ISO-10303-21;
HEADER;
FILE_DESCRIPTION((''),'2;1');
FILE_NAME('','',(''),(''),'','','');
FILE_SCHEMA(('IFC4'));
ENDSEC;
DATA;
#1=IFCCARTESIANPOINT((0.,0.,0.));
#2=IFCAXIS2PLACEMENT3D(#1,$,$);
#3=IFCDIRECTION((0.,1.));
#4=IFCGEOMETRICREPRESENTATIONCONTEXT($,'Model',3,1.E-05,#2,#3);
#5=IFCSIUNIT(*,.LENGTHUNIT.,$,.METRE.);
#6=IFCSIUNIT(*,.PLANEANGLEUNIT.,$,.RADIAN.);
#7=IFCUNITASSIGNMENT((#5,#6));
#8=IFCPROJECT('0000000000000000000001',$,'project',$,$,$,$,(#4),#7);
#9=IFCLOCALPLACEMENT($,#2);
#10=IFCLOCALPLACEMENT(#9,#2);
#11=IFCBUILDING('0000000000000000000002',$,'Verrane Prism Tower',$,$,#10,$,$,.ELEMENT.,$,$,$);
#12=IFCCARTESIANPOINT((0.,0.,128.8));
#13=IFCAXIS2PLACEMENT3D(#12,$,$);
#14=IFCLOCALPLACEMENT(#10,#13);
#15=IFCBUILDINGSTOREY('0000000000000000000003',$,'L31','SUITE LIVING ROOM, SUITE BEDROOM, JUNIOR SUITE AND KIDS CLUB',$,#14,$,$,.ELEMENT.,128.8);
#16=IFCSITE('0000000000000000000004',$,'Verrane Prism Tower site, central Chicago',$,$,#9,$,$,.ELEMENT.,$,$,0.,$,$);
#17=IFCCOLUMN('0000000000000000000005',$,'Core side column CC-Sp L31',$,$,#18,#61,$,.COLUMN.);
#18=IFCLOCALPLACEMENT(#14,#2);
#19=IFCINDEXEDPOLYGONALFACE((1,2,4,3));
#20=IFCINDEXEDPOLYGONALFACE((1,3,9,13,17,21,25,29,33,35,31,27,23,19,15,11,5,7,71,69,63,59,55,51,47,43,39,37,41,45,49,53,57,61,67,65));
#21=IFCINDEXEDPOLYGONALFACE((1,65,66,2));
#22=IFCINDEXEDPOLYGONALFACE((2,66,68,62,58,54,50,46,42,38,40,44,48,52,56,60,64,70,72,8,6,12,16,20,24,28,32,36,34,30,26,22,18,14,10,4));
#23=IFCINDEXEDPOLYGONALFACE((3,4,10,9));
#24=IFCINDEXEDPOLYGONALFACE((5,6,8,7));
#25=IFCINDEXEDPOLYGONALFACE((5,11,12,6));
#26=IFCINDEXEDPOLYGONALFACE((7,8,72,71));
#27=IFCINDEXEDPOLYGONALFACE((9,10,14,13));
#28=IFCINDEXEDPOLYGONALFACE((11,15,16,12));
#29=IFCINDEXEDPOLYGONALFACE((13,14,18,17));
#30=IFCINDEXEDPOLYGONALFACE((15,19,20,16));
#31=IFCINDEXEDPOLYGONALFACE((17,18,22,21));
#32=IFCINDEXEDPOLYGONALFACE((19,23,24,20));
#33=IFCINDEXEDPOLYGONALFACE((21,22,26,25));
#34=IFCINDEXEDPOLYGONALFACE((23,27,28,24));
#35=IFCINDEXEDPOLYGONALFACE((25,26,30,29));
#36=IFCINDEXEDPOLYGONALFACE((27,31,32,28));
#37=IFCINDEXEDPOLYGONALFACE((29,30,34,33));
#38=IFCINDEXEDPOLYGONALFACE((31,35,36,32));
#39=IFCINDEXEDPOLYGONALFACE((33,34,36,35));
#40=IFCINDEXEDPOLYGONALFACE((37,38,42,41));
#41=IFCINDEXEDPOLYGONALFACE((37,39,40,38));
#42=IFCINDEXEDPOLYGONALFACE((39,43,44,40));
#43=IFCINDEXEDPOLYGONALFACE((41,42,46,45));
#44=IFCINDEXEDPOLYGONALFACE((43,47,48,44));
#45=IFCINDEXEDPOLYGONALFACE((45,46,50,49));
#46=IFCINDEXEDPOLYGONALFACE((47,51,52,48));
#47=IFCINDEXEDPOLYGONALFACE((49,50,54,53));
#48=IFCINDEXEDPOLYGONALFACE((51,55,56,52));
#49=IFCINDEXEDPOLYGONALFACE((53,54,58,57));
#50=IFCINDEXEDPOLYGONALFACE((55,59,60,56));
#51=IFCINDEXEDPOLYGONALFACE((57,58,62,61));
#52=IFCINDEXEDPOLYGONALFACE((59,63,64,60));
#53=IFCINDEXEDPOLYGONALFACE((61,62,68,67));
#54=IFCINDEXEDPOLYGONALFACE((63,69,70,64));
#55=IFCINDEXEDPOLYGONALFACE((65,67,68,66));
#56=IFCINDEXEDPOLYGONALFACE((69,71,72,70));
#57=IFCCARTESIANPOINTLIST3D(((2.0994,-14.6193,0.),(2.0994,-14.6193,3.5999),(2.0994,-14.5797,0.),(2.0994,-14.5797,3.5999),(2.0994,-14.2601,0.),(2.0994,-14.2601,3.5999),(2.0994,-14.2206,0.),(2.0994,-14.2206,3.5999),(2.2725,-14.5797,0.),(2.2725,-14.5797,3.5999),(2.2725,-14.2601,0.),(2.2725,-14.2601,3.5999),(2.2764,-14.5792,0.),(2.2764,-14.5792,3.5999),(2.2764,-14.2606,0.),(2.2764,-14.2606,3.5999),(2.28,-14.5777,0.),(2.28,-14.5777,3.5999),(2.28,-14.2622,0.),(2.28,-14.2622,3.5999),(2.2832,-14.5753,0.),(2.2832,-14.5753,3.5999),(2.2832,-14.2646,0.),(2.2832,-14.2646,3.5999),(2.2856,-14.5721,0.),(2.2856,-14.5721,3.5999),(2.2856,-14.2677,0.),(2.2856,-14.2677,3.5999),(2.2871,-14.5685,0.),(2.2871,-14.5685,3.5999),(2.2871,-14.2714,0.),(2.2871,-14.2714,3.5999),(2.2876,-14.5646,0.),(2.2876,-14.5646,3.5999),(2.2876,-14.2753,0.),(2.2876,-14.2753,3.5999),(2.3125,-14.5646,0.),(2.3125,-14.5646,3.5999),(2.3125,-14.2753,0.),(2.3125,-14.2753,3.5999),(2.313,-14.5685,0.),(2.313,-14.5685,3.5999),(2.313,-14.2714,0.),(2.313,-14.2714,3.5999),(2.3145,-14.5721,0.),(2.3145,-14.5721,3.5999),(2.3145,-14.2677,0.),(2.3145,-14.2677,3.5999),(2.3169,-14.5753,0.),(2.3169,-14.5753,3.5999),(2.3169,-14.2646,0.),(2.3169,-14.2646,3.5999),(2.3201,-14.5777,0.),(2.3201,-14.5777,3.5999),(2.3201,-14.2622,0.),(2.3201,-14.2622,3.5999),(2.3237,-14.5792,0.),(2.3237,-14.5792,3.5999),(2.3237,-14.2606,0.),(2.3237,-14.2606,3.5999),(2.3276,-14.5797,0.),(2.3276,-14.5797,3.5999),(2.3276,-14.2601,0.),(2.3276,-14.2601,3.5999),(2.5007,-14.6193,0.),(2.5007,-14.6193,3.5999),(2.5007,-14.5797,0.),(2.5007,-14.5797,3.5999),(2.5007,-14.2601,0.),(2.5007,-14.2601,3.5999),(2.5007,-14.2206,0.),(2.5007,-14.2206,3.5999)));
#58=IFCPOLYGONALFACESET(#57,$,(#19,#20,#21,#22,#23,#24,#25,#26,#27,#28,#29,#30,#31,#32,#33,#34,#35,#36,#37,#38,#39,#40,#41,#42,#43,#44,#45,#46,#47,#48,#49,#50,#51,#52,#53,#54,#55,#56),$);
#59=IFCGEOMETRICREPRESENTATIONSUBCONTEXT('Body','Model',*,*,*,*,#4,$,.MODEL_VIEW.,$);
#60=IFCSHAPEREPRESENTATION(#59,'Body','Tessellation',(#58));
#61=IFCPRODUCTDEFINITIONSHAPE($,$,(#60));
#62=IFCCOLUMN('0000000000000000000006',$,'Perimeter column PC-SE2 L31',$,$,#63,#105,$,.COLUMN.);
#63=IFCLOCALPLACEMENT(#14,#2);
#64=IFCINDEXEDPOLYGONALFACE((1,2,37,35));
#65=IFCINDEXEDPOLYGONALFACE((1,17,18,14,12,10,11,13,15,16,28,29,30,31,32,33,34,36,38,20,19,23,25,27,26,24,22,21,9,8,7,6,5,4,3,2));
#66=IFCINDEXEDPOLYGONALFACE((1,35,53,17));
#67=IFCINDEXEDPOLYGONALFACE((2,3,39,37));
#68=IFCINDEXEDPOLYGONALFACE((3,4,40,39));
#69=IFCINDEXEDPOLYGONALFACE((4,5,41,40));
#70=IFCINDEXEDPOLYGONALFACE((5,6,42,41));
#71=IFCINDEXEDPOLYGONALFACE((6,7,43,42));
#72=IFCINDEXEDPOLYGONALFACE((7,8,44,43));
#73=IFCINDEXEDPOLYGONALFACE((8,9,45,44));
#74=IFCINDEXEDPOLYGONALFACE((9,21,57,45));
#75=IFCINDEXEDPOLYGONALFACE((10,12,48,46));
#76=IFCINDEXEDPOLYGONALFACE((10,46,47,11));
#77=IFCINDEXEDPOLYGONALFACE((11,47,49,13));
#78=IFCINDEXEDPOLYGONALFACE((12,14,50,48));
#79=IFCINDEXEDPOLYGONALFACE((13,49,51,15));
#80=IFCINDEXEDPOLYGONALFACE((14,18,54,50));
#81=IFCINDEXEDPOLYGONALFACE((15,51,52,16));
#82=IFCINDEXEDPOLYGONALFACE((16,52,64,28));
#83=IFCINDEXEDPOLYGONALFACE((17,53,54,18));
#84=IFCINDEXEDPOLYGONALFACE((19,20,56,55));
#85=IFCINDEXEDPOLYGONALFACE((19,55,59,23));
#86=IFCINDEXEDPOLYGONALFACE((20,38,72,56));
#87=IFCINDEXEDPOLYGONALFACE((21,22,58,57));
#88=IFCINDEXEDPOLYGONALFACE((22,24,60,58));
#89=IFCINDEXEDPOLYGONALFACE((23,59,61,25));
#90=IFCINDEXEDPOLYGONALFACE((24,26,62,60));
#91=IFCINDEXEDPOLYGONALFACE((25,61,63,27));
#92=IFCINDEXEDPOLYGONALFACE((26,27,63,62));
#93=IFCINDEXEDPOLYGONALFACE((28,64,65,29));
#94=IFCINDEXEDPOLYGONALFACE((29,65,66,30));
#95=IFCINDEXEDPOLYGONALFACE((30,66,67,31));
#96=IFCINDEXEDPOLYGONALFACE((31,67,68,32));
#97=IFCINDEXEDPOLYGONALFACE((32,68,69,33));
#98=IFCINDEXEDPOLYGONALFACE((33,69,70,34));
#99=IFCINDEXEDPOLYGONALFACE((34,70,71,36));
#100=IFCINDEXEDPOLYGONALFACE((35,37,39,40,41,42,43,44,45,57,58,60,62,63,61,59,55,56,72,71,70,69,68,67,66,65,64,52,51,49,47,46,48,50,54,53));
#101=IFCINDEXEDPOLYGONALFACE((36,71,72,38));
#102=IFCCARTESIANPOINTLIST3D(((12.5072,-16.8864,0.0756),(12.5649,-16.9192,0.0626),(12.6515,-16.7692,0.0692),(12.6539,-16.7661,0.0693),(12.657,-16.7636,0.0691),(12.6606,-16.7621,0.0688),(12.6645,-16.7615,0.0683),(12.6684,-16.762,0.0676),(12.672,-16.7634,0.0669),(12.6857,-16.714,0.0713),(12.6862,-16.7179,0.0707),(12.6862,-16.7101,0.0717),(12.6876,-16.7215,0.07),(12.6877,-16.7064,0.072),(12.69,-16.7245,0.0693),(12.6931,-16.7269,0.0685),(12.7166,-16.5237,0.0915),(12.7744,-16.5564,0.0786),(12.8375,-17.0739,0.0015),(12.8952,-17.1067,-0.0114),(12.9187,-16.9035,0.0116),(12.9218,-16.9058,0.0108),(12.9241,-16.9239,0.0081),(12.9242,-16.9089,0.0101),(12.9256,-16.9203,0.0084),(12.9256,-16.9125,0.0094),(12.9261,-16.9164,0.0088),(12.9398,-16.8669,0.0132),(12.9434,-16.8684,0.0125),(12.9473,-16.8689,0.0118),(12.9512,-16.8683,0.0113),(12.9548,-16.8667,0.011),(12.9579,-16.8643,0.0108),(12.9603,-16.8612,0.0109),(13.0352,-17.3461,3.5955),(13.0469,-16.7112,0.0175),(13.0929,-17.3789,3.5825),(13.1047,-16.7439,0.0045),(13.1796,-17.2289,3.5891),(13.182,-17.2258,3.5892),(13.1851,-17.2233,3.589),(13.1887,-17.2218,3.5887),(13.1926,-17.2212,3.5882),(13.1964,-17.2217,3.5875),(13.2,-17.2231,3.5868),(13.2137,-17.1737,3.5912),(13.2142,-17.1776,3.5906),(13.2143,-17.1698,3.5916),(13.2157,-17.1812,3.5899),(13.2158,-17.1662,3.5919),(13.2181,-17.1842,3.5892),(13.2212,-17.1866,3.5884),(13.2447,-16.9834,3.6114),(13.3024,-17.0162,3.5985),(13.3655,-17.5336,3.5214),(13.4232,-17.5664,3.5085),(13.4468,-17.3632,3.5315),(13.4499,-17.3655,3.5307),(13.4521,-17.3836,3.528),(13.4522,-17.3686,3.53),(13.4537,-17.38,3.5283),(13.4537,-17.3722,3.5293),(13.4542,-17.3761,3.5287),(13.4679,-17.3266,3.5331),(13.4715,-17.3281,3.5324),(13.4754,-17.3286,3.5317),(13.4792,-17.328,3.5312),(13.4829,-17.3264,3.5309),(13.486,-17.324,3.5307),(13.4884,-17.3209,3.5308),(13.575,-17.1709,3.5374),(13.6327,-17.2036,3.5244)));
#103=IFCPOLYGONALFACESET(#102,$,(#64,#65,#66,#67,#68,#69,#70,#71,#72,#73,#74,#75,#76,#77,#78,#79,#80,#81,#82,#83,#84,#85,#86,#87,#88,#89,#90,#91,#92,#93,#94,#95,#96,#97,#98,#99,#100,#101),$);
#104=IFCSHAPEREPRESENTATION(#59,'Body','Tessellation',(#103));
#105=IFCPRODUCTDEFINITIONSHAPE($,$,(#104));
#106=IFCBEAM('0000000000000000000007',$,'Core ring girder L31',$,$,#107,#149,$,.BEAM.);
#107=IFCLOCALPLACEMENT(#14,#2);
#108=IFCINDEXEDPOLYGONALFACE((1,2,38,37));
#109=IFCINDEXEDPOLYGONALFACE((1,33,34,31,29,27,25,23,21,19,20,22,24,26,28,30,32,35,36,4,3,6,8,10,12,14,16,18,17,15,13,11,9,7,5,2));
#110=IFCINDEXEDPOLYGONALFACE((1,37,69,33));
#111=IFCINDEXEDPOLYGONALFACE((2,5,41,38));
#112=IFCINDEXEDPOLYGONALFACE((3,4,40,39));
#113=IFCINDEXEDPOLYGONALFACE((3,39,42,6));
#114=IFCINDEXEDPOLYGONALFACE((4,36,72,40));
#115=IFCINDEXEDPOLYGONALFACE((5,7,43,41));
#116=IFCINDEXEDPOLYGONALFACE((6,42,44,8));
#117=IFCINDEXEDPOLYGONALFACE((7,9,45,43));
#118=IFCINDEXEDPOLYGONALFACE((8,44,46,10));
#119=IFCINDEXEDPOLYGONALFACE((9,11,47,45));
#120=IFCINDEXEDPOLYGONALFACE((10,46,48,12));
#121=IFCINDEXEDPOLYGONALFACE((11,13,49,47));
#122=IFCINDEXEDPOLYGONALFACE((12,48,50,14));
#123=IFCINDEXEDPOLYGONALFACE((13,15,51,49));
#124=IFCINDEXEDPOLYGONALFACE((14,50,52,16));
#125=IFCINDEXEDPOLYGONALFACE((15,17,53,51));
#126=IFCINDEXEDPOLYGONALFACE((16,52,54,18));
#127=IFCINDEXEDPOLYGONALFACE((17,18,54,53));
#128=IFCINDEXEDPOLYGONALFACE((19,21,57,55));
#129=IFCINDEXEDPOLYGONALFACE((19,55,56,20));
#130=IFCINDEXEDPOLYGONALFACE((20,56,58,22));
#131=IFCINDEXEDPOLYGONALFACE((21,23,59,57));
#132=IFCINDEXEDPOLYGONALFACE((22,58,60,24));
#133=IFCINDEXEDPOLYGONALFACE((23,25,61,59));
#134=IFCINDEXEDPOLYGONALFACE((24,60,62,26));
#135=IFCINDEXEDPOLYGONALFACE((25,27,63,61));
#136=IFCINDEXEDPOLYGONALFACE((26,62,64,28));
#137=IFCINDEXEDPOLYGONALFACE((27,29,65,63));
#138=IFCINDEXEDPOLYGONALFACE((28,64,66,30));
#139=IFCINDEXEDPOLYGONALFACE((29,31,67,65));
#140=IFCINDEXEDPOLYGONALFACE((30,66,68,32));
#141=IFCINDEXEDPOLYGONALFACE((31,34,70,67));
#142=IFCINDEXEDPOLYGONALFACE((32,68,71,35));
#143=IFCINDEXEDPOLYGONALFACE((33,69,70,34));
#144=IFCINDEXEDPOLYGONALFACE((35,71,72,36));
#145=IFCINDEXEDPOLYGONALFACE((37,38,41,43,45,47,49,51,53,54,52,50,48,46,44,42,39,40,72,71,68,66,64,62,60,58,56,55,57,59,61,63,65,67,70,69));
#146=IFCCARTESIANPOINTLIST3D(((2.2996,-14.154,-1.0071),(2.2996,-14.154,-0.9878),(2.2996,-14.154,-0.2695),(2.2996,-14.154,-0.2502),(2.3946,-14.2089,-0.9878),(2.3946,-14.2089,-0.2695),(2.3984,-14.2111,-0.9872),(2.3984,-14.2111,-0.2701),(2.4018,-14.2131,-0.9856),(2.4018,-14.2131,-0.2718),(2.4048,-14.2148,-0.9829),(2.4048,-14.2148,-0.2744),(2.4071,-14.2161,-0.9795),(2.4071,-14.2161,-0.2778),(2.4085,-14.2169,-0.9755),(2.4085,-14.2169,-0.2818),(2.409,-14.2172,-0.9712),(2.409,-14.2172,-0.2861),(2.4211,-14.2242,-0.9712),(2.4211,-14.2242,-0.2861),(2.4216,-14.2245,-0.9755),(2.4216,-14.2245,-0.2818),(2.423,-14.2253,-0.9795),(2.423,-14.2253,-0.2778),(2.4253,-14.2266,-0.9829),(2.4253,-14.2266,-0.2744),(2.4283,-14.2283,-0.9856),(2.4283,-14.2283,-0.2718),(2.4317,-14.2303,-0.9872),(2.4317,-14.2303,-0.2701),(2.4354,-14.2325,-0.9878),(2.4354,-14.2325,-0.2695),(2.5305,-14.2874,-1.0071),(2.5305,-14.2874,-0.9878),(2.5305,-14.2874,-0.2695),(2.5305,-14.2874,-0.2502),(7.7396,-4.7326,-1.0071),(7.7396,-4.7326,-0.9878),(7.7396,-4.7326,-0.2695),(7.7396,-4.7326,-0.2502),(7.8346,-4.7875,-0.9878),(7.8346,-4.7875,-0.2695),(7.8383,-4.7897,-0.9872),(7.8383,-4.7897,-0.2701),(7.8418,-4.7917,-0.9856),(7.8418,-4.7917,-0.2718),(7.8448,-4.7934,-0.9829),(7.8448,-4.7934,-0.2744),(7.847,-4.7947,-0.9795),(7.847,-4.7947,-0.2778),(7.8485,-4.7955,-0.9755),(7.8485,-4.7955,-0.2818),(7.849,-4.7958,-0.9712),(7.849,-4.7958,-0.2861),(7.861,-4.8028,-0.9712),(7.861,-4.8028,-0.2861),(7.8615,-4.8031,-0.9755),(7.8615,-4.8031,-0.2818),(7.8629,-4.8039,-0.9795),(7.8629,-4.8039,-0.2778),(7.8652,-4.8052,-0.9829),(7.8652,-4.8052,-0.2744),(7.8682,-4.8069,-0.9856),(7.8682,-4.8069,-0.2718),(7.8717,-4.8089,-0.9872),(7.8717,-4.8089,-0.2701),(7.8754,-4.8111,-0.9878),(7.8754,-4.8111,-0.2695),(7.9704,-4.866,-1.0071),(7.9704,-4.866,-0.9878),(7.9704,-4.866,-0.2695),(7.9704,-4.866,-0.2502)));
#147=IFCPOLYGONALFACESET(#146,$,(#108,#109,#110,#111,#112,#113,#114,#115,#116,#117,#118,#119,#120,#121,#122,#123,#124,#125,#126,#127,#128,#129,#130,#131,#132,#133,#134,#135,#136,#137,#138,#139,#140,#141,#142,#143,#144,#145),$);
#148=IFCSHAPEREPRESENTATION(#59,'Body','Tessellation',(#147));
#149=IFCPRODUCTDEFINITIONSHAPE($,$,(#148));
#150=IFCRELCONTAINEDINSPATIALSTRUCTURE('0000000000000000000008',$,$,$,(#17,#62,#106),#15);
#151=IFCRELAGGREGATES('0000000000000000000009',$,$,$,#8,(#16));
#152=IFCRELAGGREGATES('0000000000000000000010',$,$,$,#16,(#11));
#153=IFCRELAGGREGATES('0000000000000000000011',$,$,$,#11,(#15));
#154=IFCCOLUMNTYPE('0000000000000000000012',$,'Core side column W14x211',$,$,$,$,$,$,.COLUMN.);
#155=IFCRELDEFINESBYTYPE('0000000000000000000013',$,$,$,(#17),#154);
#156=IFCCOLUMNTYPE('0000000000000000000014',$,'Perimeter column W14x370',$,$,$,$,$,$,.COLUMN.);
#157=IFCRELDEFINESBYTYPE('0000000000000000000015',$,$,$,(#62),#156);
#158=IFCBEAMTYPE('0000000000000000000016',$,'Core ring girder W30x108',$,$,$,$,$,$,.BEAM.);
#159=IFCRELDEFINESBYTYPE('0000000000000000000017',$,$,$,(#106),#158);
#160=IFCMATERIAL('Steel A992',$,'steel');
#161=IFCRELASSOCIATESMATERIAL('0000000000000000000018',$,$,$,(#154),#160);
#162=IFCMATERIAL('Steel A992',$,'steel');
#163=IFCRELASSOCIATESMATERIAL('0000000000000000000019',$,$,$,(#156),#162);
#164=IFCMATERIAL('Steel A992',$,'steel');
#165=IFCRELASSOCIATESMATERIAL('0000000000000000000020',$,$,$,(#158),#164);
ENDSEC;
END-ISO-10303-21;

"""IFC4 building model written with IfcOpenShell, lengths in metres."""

from ifc_helpers import new_model, si_unit, direction, frame, origin, origin_2d, place, context, subcontext, project, spatial, i_section, extrude, material, material_profile, profile_set, type_object, element, save


model = new_model("IFC4")

# Units and contexts
model_context = context("Model", 3, precision=1e-05, world=origin(), true_north=direction((0.0, 1.0)))
body_context = subcontext(model_context, "Body", "Model", "MODEL_VIEW")
ifc_project = project(units=[si_unit("LENGTHUNIT", "METRE"), si_unit("PLANEANGLEUNIT", "RADIAN")], contexts=[model_context])

# Site, building, storey
site_placement = place(None, origin())
site = spatial("IfcSite", under=ifc_project, at=site_placement, Name="Verrane Prism Tower site, central Chicago", CompositionType="ELEMENT", RefElevation=0.0)
building_placement = place(site_placement, origin())
building = spatial("IfcBuilding", under=site, at=building_placement, Name="Verrane Prism Tower", CompositionType="ELEMENT")
storey_placement = place(building_placement, frame((0.0, 0.0, 128.8)))
storey = spatial("IfcBuildingStorey", under=building, at=storey_placement, Name="L31", Description="SUITE LIVING ROOM, SUITE BEDROOM, JUNIOR SUITE AND KIDS CLUB", CompositionType="ELEMENT", Elevation=128.8)

# Columns
ifc_material_1 = material(Name="Steel A992", Category="steel")
ifc_material_profile_1 = material_profile(ifc_material_1, i_section(OverallWidth=0.4014, OverallDepth=0.3987, WebThickness=0.0249, FlangeThickness=0.0396, FilletRadius=0.0151, at=origin_2d()), Name="W14x211")
ifc_profile_set_1 = profile_set([ifc_material_profile_1], Name="Steel A992")
column_type_1 = type_object("IfcColumnType", Name="Core side column W14x211", PredefinedType="COLUMN", material=ifc_profile_set_1)
column_1_placement = place(storey_placement, frame((2.3, -14.4199, 0.0), z_axis=(0.0, 0.0, 1.0), x_axis=(1.0, 0.0, 0.0)))
element("IfcColumn", 1, at=column_1_placement, inside=storey, type_object=column_type_1, Name="Core side column CC-Sp L31", PredefinedType="COLUMN", context=body_context, shape_type="SweptSolid", body=[
    extrude(i_section(OverallWidth=0.4014, OverallDepth=0.3987, WebThickness=0.0249, FlangeThickness=0.0396, FilletRadius=0.0151, at=origin_2d()), origin(), (0.0, 0.0, 1.0), 3.5999),
])
ifc_material_2 = material(Name="Steel A992", Category="steel")
ifc_material_profile_2 = material_profile(ifc_material_2, i_section(OverallWidth=0.4192, OverallDepth=0.4546, WebThickness=0.0422, FlangeThickness=0.0676, FilletRadius=0.0151, at=origin_2d()), Name="W14x370")
ifc_profile_set_2 = profile_set([ifc_material_profile_2], Name="Steel A992")
column_type_2 = type_object("IfcColumnType", Name="Perimeter column W14x370", PredefinedType="COLUMN", material=ifc_profile_set_2)
column_2_placement = place(storey_placement, frame((12.8059, -16.8152, 0.04), z_axis=(0.147138, -0.128091, 0.980787), x_axis=(-0.499727, -0.865347, -0.038045)))
element("IfcColumn", 2, at=column_2_placement, inside=storey, type_object=column_type_2, Name="Perimeter column PC-SE2 L31", PredefinedType="COLUMN", context=body_context, shape_type="SweptSolid", body=[
    extrude(i_section(OverallWidth=0.4192, OverallDepth=0.4546, WebThickness=0.0422, FlangeThickness=0.0676, FilletRadius=0.0151, at=origin_2d()), origin(), (0.0, 0.0, 1.0), 3.5889),
])

# Beam
ifc_material_3 = material(Name="Steel A992", Category="steel")
ifc_material_profile_3 = material_profile(ifc_material_3, i_section(OverallWidth=0.2666, OverallDepth=0.7568, WebThickness=0.0139, FlangeThickness=0.0193, FilletRadius=0.0166, at=origin_2d()), Name="W30x108")
ifc_profile_set_3 = profile_set([ifc_material_profile_3], Name="Steel A992")
beam_type_1 = type_object("IfcBeamType", Name="Core ring girder W30x108", PredefinedType="BEAM", material=ifc_profile_set_3)
beam_1_placement = place(storey_placement, frame((2.415, -14.2207, -0.6287), z_axis=(0.500035, 0.866005, 0.0), x_axis=(-0.866005, 0.500035, 0.0)))
element("IfcBeam", 3, at=beam_1_placement, inside=storey, type_object=beam_type_1, Name="Core ring girder L31", PredefinedType="BEAM", context=body_context, shape_type="SweptSolid", body=[
    extrude(i_section(OverallWidth=0.2666, OverallDepth=0.7568, WebThickness=0.0139, FlangeThickness=0.0193, FilletRadius=0.0166, at=origin_2d()), origin(), (0.0, 0.0, 1.0), 10.8792),
])

save(model, "model.ifc")
